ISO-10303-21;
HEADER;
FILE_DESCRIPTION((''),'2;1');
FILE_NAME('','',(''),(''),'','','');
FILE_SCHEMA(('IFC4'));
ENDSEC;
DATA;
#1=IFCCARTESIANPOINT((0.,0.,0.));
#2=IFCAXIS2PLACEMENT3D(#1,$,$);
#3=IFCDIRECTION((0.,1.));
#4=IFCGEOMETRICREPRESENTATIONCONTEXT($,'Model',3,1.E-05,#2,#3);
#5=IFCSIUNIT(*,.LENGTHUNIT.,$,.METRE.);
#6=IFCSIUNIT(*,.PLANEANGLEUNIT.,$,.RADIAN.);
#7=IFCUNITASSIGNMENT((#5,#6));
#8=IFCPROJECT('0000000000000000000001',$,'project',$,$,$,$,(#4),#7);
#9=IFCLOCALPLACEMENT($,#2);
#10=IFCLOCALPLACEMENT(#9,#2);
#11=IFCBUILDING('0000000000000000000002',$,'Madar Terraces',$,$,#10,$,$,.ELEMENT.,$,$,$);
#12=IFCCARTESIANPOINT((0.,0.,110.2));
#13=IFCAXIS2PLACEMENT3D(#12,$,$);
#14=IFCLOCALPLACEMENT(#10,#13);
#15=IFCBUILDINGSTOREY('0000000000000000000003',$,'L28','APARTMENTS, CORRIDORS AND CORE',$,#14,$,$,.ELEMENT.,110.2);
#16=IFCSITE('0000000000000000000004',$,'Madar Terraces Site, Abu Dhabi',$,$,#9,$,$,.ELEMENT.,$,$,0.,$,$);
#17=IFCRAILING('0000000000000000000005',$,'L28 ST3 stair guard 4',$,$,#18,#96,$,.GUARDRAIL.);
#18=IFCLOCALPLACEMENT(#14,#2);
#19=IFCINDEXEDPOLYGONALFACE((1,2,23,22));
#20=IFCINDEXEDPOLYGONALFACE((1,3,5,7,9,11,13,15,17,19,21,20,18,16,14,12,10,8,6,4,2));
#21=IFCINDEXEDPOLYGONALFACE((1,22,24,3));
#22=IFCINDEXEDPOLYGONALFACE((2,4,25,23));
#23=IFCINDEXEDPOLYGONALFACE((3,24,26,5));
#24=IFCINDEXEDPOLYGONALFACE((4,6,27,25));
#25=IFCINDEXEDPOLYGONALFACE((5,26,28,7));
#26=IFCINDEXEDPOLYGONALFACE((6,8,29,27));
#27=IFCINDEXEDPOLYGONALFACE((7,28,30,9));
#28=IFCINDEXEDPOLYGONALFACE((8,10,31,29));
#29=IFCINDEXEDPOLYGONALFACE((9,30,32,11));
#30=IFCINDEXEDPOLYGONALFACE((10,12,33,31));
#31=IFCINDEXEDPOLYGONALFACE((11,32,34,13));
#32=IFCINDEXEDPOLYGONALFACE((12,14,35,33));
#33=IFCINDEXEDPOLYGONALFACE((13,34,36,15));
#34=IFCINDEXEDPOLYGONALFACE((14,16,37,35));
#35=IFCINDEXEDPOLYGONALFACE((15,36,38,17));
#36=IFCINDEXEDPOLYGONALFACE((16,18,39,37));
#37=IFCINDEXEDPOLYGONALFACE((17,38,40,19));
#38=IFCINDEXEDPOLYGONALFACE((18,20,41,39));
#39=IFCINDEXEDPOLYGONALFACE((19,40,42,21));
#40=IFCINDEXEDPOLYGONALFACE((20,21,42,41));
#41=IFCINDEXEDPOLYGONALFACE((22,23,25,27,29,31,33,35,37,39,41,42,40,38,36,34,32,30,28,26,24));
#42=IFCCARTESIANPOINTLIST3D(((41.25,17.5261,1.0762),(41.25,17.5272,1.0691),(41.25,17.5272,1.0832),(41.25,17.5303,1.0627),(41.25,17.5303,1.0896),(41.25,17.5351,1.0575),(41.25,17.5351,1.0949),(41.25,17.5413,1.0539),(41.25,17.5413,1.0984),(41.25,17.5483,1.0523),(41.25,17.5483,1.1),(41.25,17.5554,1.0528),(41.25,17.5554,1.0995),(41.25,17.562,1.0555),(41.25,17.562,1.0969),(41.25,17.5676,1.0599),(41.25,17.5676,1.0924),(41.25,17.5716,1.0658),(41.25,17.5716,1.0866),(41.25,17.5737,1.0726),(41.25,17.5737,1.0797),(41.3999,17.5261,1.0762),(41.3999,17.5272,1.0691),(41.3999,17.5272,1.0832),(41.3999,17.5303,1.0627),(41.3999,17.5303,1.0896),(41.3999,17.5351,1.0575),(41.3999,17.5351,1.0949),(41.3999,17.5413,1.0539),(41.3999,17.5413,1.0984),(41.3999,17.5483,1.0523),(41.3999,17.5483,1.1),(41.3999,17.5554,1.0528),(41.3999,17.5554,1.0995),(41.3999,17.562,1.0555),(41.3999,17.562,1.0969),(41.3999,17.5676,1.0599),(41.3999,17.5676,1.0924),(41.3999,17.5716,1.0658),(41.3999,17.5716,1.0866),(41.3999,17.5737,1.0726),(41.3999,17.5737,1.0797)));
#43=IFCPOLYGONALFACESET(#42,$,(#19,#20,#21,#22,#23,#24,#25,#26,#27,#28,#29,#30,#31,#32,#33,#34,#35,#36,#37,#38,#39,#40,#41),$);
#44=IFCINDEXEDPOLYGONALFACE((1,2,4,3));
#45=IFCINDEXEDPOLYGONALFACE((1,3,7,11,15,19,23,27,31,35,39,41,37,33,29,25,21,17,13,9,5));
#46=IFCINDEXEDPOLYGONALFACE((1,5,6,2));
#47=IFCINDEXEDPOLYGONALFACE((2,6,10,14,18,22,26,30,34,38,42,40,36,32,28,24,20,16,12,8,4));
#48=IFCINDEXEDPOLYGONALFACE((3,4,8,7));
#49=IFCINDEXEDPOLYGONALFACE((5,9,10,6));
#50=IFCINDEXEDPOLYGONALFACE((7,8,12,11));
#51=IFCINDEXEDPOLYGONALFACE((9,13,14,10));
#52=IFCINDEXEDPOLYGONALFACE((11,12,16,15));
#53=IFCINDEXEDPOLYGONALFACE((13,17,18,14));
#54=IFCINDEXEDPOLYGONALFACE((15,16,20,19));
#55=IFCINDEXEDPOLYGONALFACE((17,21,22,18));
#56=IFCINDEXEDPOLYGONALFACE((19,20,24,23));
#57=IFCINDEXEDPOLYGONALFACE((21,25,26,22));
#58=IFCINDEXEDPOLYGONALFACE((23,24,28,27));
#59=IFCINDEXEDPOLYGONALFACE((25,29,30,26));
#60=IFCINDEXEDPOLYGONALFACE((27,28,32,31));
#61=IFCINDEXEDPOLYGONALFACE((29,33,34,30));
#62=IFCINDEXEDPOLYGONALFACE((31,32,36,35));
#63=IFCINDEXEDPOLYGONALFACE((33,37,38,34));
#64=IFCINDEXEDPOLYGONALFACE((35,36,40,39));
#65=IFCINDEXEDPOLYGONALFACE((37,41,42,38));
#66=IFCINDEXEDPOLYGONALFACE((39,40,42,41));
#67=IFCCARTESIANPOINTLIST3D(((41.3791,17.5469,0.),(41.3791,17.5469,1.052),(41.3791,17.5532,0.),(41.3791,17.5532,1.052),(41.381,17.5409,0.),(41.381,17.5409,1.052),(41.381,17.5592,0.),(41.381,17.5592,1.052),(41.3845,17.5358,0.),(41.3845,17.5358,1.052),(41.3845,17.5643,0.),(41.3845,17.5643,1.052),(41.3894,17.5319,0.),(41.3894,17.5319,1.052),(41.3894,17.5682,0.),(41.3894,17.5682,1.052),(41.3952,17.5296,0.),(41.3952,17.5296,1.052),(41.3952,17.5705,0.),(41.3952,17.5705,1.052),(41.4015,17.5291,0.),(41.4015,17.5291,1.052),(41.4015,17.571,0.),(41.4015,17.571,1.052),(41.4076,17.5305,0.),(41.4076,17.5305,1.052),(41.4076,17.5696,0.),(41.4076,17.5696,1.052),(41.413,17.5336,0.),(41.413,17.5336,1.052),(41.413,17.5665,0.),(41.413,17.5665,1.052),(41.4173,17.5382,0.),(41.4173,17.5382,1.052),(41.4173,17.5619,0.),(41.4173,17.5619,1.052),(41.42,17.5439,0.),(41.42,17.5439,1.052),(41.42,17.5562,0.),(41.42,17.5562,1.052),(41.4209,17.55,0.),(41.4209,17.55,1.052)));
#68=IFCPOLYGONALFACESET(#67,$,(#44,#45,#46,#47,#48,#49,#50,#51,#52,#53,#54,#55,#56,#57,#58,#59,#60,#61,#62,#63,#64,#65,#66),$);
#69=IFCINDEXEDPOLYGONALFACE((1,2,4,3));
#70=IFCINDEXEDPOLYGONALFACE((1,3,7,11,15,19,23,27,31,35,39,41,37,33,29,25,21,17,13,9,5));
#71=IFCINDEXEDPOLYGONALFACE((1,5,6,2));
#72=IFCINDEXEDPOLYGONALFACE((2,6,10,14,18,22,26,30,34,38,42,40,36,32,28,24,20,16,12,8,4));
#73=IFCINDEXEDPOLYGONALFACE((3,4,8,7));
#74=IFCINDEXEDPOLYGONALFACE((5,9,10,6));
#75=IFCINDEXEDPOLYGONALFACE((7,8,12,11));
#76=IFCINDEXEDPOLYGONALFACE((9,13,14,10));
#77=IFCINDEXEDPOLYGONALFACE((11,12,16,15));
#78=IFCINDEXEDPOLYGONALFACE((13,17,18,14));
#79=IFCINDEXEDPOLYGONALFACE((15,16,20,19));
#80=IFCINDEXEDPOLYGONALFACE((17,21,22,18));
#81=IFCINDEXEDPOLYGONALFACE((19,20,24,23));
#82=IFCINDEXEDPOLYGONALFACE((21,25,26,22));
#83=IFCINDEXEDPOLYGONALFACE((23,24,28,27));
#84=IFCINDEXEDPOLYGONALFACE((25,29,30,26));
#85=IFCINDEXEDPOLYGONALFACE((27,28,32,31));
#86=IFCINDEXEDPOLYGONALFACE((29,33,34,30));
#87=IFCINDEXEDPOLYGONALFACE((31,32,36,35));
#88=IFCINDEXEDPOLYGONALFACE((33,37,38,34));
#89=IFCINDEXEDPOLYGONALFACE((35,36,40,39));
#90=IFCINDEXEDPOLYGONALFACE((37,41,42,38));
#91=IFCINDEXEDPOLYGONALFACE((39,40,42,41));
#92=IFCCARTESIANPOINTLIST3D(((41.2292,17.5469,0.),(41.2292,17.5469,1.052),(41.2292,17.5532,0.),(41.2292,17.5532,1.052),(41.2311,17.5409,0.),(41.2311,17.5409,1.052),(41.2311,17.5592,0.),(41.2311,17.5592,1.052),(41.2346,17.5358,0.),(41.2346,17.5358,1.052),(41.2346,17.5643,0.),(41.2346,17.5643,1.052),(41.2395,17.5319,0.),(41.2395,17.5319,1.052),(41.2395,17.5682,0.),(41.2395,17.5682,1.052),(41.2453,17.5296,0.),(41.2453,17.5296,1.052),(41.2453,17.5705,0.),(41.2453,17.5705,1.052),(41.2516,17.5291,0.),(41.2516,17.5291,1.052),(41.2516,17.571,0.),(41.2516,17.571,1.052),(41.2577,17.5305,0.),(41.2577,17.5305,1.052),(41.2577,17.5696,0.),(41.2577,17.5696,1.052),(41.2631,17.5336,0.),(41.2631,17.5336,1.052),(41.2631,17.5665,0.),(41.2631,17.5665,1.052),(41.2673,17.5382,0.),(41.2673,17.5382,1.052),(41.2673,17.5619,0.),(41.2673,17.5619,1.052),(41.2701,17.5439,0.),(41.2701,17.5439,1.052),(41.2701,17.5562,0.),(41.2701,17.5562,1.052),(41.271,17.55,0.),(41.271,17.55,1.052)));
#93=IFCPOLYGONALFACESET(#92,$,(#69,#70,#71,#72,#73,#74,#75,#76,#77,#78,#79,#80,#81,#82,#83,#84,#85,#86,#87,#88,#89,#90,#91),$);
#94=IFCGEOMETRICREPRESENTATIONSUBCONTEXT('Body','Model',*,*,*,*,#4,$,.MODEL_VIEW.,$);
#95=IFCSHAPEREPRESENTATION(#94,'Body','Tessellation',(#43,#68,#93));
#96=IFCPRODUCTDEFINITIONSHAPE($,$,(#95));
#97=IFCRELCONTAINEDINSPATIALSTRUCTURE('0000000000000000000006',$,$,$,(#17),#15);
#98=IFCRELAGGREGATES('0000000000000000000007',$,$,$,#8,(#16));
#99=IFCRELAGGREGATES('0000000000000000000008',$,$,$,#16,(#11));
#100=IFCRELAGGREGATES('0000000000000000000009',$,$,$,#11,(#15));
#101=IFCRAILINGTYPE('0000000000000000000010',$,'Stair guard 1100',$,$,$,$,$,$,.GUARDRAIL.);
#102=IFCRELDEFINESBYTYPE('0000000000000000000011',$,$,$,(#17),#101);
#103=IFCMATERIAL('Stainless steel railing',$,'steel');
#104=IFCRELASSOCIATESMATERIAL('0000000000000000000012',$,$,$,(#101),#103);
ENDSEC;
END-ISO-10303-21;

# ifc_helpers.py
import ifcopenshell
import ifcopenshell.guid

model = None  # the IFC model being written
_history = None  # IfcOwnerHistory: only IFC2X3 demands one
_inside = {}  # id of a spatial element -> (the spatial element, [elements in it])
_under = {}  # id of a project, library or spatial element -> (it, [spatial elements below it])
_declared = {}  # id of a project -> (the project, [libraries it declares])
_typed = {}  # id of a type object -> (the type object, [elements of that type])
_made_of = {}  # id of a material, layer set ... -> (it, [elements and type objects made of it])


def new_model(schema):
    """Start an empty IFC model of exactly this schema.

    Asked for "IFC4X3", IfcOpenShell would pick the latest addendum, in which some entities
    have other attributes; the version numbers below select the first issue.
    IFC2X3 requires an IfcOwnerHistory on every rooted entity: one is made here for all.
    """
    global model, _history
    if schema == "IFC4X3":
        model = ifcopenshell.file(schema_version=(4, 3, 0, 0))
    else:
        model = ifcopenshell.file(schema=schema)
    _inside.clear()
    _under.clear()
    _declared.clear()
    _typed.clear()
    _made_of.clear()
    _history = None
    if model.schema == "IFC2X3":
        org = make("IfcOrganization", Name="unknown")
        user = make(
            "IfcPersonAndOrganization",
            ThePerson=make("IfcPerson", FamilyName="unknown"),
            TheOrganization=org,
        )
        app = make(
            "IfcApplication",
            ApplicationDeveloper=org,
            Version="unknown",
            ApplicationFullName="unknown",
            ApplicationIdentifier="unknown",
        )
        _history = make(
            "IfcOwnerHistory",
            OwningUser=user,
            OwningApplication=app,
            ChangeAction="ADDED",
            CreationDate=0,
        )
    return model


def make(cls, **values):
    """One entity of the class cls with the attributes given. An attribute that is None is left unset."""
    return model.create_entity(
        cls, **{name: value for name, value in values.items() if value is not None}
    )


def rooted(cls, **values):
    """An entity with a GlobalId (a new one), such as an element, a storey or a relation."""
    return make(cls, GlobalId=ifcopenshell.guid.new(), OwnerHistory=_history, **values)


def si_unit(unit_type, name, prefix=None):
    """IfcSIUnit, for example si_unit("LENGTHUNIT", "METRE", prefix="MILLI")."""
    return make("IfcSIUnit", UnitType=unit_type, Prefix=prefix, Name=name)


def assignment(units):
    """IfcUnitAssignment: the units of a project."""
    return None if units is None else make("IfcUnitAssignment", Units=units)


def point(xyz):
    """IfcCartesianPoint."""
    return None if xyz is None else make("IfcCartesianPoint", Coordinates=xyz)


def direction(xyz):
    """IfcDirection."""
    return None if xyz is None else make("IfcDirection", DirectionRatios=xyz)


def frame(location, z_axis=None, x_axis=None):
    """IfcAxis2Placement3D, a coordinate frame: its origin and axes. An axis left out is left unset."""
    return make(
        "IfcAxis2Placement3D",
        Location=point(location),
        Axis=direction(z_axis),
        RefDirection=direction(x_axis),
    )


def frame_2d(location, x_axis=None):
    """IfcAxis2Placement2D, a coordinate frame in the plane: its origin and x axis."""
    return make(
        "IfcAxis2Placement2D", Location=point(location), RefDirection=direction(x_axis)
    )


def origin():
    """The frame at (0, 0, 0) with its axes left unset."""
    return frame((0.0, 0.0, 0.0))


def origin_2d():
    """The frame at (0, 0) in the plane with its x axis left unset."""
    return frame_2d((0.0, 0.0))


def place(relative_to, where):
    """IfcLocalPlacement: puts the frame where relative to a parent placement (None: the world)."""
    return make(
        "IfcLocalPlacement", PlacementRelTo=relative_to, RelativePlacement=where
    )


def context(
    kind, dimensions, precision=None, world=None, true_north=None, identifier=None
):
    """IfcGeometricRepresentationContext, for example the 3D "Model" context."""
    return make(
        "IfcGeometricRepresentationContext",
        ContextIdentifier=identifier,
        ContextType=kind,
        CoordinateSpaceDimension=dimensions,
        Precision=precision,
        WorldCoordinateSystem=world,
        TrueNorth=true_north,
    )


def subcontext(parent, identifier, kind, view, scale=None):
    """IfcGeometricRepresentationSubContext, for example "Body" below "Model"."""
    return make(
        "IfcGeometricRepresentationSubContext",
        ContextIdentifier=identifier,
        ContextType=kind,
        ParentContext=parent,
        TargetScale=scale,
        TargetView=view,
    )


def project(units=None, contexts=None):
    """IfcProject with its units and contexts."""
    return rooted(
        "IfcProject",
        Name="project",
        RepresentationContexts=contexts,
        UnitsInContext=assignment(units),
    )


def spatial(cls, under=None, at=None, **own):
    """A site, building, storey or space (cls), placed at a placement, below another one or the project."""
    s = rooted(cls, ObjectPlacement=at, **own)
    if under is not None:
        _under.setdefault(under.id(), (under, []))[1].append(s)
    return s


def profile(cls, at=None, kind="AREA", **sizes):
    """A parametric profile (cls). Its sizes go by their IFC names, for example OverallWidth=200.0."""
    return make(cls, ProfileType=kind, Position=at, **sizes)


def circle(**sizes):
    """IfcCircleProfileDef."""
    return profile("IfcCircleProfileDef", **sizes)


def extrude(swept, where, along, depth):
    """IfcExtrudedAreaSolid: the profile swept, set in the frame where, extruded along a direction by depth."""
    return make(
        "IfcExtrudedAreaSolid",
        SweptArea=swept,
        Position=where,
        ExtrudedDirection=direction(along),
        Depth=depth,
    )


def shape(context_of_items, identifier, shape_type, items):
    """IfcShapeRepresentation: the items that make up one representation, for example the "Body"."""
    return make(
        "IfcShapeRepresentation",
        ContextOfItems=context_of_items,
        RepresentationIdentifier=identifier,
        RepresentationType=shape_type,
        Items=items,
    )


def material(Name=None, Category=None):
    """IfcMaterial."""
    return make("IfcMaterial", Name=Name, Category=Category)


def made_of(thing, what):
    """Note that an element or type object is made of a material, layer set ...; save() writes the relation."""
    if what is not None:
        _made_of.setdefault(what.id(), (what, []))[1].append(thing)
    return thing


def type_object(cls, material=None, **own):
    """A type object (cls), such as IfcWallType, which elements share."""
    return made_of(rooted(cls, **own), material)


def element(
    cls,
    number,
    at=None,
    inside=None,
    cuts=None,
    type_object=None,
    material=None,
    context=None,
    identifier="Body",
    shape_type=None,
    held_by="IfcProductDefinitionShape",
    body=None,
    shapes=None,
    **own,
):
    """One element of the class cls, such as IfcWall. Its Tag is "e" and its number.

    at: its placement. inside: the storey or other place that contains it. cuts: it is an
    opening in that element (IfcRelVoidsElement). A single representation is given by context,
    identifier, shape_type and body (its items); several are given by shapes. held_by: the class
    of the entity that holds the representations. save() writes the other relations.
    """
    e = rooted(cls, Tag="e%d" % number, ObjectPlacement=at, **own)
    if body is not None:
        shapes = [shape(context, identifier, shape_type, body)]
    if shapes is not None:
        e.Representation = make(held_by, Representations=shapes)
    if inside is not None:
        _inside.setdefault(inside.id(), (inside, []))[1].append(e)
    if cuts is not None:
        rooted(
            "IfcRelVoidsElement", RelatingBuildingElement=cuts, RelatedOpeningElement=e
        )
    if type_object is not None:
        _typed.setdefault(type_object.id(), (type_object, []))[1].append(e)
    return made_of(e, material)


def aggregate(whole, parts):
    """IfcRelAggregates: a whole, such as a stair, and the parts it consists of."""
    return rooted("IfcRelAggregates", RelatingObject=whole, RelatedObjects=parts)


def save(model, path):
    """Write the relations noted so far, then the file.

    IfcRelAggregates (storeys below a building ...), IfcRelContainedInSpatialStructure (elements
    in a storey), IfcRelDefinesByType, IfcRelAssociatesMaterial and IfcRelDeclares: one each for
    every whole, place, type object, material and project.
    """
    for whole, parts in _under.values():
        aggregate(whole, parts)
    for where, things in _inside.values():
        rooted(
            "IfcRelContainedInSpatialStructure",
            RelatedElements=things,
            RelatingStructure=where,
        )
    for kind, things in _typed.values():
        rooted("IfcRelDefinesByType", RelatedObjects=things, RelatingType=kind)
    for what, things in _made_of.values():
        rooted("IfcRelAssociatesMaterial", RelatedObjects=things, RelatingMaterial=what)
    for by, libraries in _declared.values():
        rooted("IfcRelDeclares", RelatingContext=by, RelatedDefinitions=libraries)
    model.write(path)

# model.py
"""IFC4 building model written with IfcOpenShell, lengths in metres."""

from ifc_helpers import new_model, si_unit, direction, frame, origin, origin_2d, place, context, subcontext, project, spatial, circle, extrude, material, type_object, element, save


model = new_model("IFC4")

# Units and contexts
model_context = context("Model", 3, precision=1e-05, world=origin(), true_north=direction((0.0, 1.0)))
body_context = subcontext(model_context, "Body", "Model", "MODEL_VIEW")
ifc_project = project(units=[si_unit("LENGTHUNIT", "METRE"), si_unit("PLANEANGLEUNIT", "RADIAN")], contexts=[model_context])

# Site, building, storey
site_placement = place(None, origin())
site = spatial("IfcSite", under=ifc_project, at=site_placement, Name="Madar Terraces Site, Abu Dhabi", CompositionType="ELEMENT", RefElevation=0.0)
building_placement = place(site_placement, origin())
building = spatial("IfcBuilding", under=site, at=building_placement, Name="Madar Terraces", CompositionType="ELEMENT")
storey_placement = place(building_placement, frame((0.0, 0.0, 110.2)))
storey = spatial("IfcBuildingStorey", under=building, at=storey_placement, Name="L28", Description="APARTMENTS, CORRIDORS AND CORE", CompositionType="ELEMENT", Elevation=110.2)

# Railing
ifc_material_1 = material(Name="Stainless steel railing", Category="steel")
railing_type_1 = type_object("IfcRailingType", Name="Stair guard 1100", PredefinedType="GUARDRAIL", material=ifc_material_1)
railing_1_placement = place(storey_placement, frame((41.3999, 17.55, 0.0)))
element("IfcRailing", 1, at=railing_1_placement, inside=storey, type_object=railing_type_1, Name="L28 ST3 stair guard 4", PredefinedType="GUARDRAIL", context=body_context, shape_type="SweptSolid", body=[
    extrude(circle(Radius=0.0239, at=origin_2d()), frame((0.0, 0.0, 1.0762), z_axis=(-1.0, 0.0, 0.0), x_axis=(0.0, -1.0, 0.0)), (0.0, 0.0, 1.0), 0.1499),
    extrude(circle(Radius=0.021, at=origin_2d()), origin(), (0.0, 0.0, 1.0), 1.052),
    extrude(circle(Radius=0.021, at=origin_2d()), frame((-0.1499, 0.0, 0.0)), (0.0, 0.0, 1.0), 1.052),
])

save(model, "model.ifc")
